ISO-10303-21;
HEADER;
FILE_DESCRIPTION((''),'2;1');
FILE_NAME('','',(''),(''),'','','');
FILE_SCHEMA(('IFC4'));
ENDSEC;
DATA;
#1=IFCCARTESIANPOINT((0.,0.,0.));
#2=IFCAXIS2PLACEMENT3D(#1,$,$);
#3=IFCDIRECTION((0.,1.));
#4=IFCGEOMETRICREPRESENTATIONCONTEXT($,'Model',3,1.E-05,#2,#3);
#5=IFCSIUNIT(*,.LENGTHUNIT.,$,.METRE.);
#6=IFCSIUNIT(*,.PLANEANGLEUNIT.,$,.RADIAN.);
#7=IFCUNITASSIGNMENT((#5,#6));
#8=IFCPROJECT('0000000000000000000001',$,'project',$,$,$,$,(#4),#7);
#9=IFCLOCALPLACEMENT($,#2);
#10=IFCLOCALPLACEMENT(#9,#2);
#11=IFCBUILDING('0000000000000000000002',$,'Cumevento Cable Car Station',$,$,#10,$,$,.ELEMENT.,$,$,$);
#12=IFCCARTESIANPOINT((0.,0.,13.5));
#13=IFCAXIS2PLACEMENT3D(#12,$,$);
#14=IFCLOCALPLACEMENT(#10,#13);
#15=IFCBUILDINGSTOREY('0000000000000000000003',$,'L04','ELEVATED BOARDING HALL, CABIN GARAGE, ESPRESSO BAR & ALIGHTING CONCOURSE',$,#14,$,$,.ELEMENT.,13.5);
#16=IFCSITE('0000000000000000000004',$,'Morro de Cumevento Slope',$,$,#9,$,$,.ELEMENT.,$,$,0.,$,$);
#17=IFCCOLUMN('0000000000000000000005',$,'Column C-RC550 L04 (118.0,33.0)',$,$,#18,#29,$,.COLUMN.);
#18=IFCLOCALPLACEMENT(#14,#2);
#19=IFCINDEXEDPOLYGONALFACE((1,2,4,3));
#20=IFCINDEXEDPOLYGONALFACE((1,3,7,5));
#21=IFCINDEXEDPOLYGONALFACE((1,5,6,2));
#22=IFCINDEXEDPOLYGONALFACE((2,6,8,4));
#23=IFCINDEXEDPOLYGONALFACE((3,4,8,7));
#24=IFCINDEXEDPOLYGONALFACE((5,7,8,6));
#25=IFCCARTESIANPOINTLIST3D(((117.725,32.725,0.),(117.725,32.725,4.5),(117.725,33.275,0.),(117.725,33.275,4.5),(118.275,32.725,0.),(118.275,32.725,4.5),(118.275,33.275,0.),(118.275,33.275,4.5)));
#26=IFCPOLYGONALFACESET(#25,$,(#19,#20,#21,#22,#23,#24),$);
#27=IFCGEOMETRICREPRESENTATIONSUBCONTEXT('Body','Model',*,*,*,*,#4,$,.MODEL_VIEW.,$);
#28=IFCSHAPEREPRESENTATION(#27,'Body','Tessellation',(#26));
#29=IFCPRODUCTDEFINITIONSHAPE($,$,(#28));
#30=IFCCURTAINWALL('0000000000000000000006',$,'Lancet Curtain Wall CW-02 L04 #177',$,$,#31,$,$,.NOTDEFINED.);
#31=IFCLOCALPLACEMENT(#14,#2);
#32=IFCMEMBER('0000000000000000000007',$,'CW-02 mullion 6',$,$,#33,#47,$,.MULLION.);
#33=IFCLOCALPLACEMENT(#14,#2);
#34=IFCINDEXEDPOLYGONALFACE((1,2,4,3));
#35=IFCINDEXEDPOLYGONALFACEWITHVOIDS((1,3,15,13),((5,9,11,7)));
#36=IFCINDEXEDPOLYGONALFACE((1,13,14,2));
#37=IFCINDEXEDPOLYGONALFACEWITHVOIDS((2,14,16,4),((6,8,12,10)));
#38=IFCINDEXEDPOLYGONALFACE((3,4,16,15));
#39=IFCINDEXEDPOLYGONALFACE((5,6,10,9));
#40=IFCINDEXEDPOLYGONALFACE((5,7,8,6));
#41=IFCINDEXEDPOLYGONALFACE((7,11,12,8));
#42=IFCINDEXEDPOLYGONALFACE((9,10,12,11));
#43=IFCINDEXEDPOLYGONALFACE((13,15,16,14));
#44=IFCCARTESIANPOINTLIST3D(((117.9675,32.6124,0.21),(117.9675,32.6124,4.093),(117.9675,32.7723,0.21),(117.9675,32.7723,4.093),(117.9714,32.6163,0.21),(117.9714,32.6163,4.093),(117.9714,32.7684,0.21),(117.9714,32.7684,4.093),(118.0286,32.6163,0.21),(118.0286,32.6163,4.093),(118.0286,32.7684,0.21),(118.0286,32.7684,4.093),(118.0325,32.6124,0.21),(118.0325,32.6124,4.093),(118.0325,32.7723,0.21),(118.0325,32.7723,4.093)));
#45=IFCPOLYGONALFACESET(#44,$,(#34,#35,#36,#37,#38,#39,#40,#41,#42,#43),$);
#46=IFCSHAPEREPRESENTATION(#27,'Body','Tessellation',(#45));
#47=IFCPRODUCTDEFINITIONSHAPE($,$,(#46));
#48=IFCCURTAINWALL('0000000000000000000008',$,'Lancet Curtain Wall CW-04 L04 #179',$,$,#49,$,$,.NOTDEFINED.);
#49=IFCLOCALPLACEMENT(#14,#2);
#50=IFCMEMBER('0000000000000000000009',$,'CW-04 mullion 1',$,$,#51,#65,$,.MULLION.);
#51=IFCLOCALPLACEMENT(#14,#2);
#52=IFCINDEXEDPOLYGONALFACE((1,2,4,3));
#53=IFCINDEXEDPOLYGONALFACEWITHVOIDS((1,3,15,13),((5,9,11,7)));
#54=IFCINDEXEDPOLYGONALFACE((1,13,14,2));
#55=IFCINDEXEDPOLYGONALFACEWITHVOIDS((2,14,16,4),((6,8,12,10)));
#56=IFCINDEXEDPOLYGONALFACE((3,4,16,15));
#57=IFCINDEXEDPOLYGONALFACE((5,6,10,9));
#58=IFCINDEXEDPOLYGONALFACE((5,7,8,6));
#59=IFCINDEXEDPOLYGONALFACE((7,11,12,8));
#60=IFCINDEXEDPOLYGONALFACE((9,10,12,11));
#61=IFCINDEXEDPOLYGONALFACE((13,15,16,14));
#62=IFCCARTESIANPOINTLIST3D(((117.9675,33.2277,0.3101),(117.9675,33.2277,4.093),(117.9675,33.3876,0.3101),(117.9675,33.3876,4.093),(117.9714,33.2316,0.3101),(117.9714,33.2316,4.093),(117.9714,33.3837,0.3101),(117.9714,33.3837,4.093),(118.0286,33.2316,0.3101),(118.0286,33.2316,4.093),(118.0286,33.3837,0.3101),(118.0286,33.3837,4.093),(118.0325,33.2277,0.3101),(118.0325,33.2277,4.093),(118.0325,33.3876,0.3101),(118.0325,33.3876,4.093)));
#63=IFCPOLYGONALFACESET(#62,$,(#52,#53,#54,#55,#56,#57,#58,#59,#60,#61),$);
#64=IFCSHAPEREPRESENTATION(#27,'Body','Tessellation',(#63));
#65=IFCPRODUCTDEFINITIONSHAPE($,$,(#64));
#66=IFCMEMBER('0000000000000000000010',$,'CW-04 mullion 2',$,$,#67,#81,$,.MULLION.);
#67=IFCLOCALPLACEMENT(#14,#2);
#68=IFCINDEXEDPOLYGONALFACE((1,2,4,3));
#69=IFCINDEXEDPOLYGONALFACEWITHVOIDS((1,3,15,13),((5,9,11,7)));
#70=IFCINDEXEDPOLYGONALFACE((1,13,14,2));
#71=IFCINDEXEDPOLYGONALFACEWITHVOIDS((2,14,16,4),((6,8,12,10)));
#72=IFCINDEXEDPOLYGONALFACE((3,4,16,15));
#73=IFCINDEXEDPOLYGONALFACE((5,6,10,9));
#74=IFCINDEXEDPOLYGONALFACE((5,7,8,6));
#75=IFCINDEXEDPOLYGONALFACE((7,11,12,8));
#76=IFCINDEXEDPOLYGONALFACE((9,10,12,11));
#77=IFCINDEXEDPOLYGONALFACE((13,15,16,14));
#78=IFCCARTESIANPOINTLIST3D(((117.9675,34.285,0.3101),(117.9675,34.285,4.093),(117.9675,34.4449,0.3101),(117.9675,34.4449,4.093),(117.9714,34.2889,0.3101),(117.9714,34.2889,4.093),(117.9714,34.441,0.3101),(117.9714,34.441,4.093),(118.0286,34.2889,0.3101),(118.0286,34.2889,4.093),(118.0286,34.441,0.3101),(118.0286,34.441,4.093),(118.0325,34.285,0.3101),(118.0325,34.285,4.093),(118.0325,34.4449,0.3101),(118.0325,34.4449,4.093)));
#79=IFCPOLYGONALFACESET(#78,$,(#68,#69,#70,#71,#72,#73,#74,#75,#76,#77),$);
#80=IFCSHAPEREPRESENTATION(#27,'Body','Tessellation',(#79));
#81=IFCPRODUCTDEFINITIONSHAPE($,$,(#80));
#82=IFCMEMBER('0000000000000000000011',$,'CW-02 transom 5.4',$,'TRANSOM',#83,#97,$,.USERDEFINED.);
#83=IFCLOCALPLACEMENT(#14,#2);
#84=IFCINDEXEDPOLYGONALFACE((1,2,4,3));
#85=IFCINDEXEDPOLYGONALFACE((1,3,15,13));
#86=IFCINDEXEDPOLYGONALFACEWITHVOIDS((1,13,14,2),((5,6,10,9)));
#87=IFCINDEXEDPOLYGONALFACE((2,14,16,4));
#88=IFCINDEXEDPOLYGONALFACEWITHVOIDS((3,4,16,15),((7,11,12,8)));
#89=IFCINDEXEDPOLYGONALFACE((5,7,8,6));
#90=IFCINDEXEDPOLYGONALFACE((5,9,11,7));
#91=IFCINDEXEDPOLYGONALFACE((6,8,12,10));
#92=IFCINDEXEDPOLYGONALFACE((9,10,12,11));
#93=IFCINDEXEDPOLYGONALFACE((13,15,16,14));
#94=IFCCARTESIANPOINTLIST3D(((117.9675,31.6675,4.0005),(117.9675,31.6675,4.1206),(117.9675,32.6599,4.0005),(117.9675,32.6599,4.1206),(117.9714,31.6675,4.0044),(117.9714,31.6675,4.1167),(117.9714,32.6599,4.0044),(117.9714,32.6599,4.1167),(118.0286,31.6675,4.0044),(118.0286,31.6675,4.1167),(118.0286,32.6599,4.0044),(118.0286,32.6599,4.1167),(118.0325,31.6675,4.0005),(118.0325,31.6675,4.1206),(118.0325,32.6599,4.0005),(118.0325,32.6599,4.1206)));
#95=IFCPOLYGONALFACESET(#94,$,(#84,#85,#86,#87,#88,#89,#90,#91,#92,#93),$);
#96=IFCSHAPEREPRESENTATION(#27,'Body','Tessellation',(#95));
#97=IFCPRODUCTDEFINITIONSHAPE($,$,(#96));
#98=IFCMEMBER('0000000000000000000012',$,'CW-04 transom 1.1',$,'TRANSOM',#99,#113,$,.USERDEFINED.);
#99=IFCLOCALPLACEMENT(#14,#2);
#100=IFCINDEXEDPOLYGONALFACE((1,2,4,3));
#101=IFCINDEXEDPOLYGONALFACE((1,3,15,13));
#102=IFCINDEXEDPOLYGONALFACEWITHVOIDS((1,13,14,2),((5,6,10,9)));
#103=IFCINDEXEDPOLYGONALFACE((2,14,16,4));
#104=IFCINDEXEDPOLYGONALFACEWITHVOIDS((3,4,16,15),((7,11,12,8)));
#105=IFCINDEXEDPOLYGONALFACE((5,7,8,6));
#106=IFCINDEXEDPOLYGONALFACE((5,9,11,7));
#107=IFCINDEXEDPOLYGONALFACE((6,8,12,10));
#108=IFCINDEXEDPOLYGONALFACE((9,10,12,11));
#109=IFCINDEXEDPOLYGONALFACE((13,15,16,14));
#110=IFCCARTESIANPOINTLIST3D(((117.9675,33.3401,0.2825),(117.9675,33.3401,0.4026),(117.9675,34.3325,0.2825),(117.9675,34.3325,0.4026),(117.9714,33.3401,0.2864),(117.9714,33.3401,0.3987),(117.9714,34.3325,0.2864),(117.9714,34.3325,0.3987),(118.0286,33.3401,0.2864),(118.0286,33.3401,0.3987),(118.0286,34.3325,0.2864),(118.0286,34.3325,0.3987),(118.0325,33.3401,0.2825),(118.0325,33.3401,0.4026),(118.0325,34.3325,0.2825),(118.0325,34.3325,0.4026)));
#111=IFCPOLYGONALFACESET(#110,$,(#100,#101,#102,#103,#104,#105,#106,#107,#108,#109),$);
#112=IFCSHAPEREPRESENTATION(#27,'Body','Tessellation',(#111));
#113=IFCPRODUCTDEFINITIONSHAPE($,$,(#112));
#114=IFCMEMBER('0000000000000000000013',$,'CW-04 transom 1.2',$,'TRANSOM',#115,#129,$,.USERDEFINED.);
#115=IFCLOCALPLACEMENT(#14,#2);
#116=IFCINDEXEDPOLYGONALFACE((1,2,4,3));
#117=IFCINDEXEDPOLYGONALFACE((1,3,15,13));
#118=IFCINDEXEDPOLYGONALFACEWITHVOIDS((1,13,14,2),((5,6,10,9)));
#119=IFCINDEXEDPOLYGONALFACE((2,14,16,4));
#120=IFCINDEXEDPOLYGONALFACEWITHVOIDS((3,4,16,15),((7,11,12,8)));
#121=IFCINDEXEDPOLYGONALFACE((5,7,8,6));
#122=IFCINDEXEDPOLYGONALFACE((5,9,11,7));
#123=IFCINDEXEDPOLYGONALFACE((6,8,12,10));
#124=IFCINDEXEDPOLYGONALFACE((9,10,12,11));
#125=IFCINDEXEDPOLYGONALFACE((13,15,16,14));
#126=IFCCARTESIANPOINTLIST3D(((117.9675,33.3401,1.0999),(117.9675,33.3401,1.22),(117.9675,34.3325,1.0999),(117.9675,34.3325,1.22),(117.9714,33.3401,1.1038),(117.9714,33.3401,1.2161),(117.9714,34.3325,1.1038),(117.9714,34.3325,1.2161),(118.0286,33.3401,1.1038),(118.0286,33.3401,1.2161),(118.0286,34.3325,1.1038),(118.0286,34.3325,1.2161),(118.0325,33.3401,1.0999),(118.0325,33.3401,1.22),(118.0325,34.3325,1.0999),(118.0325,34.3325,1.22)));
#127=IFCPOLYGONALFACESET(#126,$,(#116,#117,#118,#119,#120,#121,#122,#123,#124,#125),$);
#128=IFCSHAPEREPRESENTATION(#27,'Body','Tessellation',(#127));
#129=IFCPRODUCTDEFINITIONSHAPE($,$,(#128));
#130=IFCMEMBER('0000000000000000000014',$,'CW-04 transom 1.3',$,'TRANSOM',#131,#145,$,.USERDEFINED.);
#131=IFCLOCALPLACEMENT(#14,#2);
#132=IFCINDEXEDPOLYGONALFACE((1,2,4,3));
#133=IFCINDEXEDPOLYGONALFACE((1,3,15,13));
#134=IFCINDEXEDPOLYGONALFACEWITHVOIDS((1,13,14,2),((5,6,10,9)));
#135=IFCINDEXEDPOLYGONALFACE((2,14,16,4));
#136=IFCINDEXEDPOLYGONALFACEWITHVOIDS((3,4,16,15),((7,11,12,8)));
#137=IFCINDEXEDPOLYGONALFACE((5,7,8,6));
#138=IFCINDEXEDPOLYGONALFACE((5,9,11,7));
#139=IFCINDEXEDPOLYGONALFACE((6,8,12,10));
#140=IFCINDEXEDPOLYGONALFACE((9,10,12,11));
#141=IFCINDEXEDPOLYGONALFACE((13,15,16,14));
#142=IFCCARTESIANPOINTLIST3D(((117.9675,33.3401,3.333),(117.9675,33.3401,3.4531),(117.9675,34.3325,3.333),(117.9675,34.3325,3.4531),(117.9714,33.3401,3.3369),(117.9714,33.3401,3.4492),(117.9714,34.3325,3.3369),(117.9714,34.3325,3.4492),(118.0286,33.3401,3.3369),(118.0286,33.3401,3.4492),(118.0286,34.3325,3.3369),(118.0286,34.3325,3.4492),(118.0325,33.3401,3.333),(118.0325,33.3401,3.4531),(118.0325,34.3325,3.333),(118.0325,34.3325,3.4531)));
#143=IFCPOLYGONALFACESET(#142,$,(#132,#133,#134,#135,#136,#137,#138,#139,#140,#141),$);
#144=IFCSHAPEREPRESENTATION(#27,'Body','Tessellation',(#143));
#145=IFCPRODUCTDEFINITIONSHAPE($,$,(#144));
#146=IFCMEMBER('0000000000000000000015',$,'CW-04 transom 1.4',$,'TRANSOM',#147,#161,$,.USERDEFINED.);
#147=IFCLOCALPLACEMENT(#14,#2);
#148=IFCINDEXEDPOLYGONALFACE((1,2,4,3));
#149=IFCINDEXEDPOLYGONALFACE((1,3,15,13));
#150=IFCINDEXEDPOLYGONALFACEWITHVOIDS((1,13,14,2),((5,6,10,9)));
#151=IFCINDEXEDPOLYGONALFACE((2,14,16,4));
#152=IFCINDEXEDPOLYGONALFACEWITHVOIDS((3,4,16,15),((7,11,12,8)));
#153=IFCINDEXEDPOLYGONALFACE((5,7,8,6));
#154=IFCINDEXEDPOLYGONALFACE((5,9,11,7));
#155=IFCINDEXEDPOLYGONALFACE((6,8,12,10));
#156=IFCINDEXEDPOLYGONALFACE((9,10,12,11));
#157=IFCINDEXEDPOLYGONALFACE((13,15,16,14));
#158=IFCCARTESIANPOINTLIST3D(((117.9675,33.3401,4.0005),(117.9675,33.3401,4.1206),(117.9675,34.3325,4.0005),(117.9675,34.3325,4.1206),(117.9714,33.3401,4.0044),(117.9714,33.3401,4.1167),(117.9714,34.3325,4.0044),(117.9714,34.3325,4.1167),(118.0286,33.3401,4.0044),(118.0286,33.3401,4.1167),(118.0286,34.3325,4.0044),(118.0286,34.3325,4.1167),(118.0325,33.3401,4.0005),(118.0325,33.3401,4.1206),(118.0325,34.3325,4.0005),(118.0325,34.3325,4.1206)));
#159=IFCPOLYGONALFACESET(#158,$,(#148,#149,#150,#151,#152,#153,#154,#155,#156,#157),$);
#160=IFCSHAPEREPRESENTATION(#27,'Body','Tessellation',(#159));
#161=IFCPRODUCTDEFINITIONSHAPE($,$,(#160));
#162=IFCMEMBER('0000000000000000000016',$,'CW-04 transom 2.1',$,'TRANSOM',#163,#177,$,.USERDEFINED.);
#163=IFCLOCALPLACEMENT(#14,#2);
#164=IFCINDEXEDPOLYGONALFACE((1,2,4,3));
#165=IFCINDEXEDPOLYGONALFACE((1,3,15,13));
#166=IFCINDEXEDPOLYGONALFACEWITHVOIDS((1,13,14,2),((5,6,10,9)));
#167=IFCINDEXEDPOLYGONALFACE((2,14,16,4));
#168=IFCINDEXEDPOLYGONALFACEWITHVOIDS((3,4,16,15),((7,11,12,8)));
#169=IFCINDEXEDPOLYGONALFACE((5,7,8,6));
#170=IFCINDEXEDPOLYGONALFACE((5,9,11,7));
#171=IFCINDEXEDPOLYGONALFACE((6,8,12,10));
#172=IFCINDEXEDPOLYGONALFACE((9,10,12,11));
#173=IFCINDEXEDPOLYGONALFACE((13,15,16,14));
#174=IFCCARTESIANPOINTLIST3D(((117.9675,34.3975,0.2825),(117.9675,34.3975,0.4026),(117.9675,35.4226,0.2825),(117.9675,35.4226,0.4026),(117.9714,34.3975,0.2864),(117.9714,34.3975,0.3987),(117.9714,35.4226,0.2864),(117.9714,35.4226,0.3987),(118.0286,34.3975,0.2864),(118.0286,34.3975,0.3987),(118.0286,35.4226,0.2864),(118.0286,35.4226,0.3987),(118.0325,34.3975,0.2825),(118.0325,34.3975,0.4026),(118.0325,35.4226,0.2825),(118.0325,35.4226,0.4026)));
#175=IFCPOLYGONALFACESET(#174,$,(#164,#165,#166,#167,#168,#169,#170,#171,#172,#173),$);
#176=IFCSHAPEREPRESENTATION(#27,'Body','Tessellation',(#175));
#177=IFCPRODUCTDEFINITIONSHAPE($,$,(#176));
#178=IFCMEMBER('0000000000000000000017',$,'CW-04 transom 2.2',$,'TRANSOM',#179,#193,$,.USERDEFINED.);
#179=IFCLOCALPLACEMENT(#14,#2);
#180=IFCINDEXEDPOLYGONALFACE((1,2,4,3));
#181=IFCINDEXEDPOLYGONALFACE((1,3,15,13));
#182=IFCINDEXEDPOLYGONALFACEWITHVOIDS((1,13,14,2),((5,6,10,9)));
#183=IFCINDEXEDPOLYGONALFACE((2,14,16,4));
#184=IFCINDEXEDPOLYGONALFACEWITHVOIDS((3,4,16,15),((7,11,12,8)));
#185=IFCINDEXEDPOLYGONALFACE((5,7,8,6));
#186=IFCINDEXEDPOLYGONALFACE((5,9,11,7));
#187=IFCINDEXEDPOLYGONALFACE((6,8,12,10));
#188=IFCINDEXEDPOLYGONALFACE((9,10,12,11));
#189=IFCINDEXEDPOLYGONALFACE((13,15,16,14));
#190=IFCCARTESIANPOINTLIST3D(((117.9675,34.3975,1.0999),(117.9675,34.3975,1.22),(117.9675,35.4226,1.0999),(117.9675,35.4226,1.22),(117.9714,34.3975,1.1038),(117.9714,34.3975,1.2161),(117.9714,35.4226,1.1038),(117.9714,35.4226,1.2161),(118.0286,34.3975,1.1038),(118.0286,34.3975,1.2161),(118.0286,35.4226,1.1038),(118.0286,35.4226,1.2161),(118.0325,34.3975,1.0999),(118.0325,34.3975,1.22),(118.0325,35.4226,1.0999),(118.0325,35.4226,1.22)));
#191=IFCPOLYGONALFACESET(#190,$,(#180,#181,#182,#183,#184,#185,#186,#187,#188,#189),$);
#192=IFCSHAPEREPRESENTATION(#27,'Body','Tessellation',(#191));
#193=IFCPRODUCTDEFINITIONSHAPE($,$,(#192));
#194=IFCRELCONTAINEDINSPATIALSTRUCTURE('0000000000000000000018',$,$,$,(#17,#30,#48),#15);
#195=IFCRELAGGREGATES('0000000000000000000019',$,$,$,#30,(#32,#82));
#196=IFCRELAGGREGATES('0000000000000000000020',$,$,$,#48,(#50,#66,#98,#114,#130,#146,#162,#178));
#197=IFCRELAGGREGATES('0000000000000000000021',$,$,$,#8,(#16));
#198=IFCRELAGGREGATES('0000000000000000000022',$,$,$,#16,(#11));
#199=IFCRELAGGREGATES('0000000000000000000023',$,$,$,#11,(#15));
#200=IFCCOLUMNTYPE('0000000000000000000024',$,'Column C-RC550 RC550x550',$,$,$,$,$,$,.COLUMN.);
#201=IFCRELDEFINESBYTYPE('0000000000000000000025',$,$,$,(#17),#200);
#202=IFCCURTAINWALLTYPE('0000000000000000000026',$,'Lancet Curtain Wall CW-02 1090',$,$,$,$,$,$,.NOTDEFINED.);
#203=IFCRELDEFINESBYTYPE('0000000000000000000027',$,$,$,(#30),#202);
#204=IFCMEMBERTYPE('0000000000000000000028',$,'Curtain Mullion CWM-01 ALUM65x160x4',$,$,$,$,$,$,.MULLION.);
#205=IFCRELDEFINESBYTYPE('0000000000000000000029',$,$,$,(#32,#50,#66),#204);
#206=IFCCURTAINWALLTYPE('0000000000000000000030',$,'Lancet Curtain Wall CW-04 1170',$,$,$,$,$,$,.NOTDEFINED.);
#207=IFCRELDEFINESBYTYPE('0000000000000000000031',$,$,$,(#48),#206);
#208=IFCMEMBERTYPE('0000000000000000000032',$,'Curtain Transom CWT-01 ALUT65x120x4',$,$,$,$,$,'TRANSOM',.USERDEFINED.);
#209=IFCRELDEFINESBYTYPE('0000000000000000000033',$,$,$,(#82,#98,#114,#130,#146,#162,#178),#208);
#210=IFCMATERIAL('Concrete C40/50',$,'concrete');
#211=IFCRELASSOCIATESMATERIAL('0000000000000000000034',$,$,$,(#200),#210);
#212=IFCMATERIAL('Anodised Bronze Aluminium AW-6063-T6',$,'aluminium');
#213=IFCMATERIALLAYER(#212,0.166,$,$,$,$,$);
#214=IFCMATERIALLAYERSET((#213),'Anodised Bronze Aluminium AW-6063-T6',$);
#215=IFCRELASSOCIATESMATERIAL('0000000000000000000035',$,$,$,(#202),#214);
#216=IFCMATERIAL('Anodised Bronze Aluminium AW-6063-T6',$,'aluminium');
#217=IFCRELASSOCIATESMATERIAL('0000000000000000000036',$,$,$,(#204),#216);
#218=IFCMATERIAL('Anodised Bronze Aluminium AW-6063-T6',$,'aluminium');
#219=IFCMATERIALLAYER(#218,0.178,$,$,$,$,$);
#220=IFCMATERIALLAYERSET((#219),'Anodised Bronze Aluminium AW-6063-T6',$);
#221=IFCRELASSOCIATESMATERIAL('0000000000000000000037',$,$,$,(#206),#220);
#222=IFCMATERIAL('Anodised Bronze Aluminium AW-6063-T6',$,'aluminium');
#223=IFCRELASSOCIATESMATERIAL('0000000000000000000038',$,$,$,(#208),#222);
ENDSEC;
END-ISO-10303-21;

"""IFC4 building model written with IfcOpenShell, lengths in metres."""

from ifc_helpers import new_model, si_unit, direction, frame, origin, origin_2d, place, context, subcontext, project, spatial, rectangle, hollow_rectangle, extrude, material, layer, layer_set, material_profile, profile_set, type_object, element, aggregate, save


model = new_model("IFC4")

# Units and contexts
model_context = context("Model", 3, precision=1e-05, world=origin(), true_north=direction((0.0, 1.0)))
body_context = subcontext(model_context, "Body", "Model", "MODEL_VIEW")
ifc_project = project(units=[si_unit("LENGTHUNIT", "METRE"), si_unit("PLANEANGLEUNIT", "RADIAN")], contexts=[model_context])

# Site, building, storey
site_placement = place(None, origin())
site = spatial("IfcSite", under=ifc_project, at=site_placement, Name="Morro de Cumevento Slope", CompositionType="ELEMENT", RefElevation=0.0)
building_placement = place(site_placement, origin())
building = spatial("IfcBuilding", under=site, at=building_placement, Name="Cumevento Cable Car Station", CompositionType="ELEMENT")
storey_placement = place(building_placement, frame((0.0, 0.0, 13.5)))
storey = spatial("IfcBuildingStorey", under=building, at=storey_placement, Name="L04", Description="ELEVATED BOARDING HALL, CABIN GARAGE, ESPRESSO BAR & ALIGHTING CONCOURSE", CompositionType="ELEMENT", Elevation=13.5)

# Column
ifc_material_1 = material(Name="Concrete C40/50", Category="concrete")
ifc_material_profile_1 = material_profile(ifc_material_1, rectangle(XDim=0.55, YDim=0.55, at=origin_2d()), Name="RC550x550")
ifc_profile_set_1 = profile_set([ifc_material_profile_1], Name="Concrete C40/50")
column_type = type_object("IfcColumnType", Name="Column C-RC550 RC550x550", PredefinedType="COLUMN", material=ifc_profile_set_1)
column_placement = place(storey_placement, frame((118.0, 33.0, 0.0), z_axis=(0.0, 0.0, 1.0), x_axis=(1.0, 0.0, 0.0)))
element("IfcColumn", 1, at=column_placement, inside=storey, type_object=column_type, Name="Column C-RC550 L04 (118.0,33.0)", PredefinedType="COLUMN", context=body_context, shape_type="SweptSolid", body=[
    extrude(rectangle(XDim=0.55, YDim=0.55, at=origin_2d()), origin(), (0.0, 0.0, 1.0), 4.5),
])

# Curtain wall, member
ifc_material_2 = material(Name="Anodised Bronze Aluminium AW-6063-T6", Category="aluminium")
ifc_layer_1 = layer(ifc_material_2, 0.166)
ifc_layer_set_1 = layer_set([ifc_layer_1], Name="Anodised Bronze Aluminium AW-6063-T6")
curtain_wall_type_1 = type_object("IfcCurtainWallType", Name="Lancet Curtain Wall CW-02 1090", PredefinedType="NOTDEFINED", material=ifc_layer_set_1)
curtain_wall_1_placement = place(storey_placement, origin())
curtain_wall_1 = element("IfcCurtainWall", 2, at=curtain_wall_1_placement, inside=storey, type_object=curtain_wall_type_1, Name="Lancet Curtain Wall CW-02 L04 #177", PredefinedType="NOTDEFINED")
ifc_material_3 = material(Name="Anodised Bronze Aluminium AW-6063-T6", Category="aluminium")
ifc_material_profile_2 = material_profile(ifc_material_3, hollow_rectangle(XDim=0.0649, YDim=0.1599, WallThickness=0.0039, at=origin_2d()), Name="ALUM65x160x4")
ifc_profile_set_2 = profile_set([ifc_material_profile_2], Name="Anodised Bronze Aluminium AW-6063-T6")
member_type_1 = type_object("IfcMemberType", Name="Curtain Mullion CWM-01 ALUM65x160x4", PredefinedType="MULLION", material=ifc_profile_set_2)
member_1_placement = place(storey_placement, frame((118.0, 32.6924, 0.21), z_axis=(0.0, 0.0, 1.0), x_axis=(-1.0, 0.0, 0.0)))
member_1 = element("IfcMember", 3, at=member_1_placement, type_object=member_type_1, Name="CW-02 mullion 6", PredefinedType="MULLION", context=body_context, shape_type="SweptSolid", body=[
    extrude(hollow_rectangle(XDim=0.0649, YDim=0.1599, WallThickness=0.0039, at=origin_2d()), origin(), (0.0, 0.0, 1.0), 3.8831),
])

# Curtain wall, members
ifc_material_4 = material(Name="Anodised Bronze Aluminium AW-6063-T6", Category="aluminium")
ifc_layer_2 = layer(ifc_material_4, 0.178)
ifc_layer_set_2 = layer_set([ifc_layer_2], Name="Anodised Bronze Aluminium AW-6063-T6")
curtain_wall_type_2 = type_object("IfcCurtainWallType", Name="Lancet Curtain Wall CW-04 1170", PredefinedType="NOTDEFINED", material=ifc_layer_set_2)
curtain_wall_2_placement = place(storey_placement, origin())
curtain_wall_2 = element("IfcCurtainWall", 4, at=curtain_wall_2_placement, inside=storey, type_object=curtain_wall_type_2, Name="Lancet Curtain Wall CW-04 L04 #179", PredefinedType="NOTDEFINED")
member_2_placement = place(storey_placement, frame((118.0, 33.3076, 0.3101), z_axis=(0.0, 0.0, 1.0), x_axis=(-1.0, 0.0, 0.0)))
member_2 = element("IfcMember", 5, at=member_2_placement, type_object=member_type_1, Name="CW-04 mullion 1", PredefinedType="MULLION", context=body_context, shape_type="SweptSolid", body=[
    extrude(hollow_rectangle(XDim=0.0649, YDim=0.1599, WallThickness=0.0039, at=origin_2d()), origin(), (0.0, 0.0, 1.0), 3.783),
])
member_3_placement = place(storey_placement, frame((118.0, 34.365, 0.3101), z_axis=(0.0, 0.0, 1.0), x_axis=(-1.0, 0.0, 0.0)))
member_3 = element("IfcMember", 6, at=member_3_placement, type_object=member_type_1, Name="CW-04 mullion 2", PredefinedType="MULLION", context=body_context, shape_type="SweptSolid", body=[
    extrude(hollow_rectangle(XDim=0.0649, YDim=0.1599, WallThickness=0.0039, at=origin_2d()), origin(), (0.0, 0.0, 1.0), 3.783),
])

# Members
ifc_material_5 = material(Name="Anodised Bronze Aluminium AW-6063-T6", Category="aluminium")
ifc_material_profile_3 = material_profile(ifc_material_5, hollow_rectangle(XDim=0.0649, YDim=0.1201, WallThickness=0.0039, at=origin_2d()), Name="ALUT65x120x4")
ifc_profile_set_3 = profile_set([ifc_material_profile_3], Name="Anodised Bronze Aluminium AW-6063-T6")
member_type_2 = type_object("IfcMemberType", Name="Curtain Transom CWT-01 ALUT65x120x4", ElementType="TRANSOM", PredefinedType="USERDEFINED", material=ifc_profile_set_3)
member_4_placement = place(storey_placement, frame((118.0, 31.6675, 4.0605), z_axis=(0.0, 1.0, 0.0), x_axis=(-1.0, 0.0, 0.0)))
member_4 = element("IfcMember", 7, at=member_4_placement, type_object=member_type_2, Name="CW-02 transom 5.4", ObjectType="TRANSOM", PredefinedType="USERDEFINED", context=body_context, shape_type="SweptSolid", body=[
    extrude(hollow_rectangle(XDim=0.0649, YDim=0.1201, WallThickness=0.0039, at=origin_2d()), origin(), (0.0, 0.0, 1.0), 0.9924),
])
member_5_placement = place(storey_placement, frame((118.0, 33.3401, 0.3425), z_axis=(0.0, 1.0, 0.0), x_axis=(-1.0, 0.0, 0.0)))
member_5 = element("IfcMember", 8, at=member_5_placement, type_object=member_type_2, Name="CW-04 transom 1.1", ObjectType="TRANSOM", PredefinedType="USERDEFINED", context=body_context, shape_type="SweptSolid", body=[
    extrude(hollow_rectangle(XDim=0.0649, YDim=0.1201, WallThickness=0.0039, at=origin_2d()), origin(), (0.0, 0.0, 1.0), 0.9924),
])
member_6_placement = place(storey_placement, frame((118.0, 33.3401, 1.1599), z_axis=(0.0, 1.0, 0.0), x_axis=(-1.0, 0.0, 0.0)))
member_6 = element("IfcMember", 9, at=member_6_placement, type_object=member_type_2, Name="CW-04 transom 1.2", ObjectType="TRANSOM", PredefinedType="USERDEFINED", context=body_context, shape_type="SweptSolid", body=[
    extrude(hollow_rectangle(XDim=0.0649, YDim=0.1201, WallThickness=0.0039, at=origin_2d()), origin(), (0.0, 0.0, 1.0), 0.9924),
])
member_7_placement = place(storey_placement, frame((118.0, 33.3401, 3.3931), z_axis=(0.0, 1.0, 0.0), x_axis=(-1.0, 0.0, 0.0)))
member_7 = element("IfcMember", 10, at=member_7_placement, type_object=member_type_2, Name="CW-04 transom 1.3", ObjectType="TRANSOM", PredefinedType="USERDEFINED", context=body_context, shape_type="SweptSolid", body=[
    extrude(hollow_rectangle(XDim=0.0649, YDim=0.1201, WallThickness=0.0039, at=origin_2d()), origin(), (0.0, 0.0, 1.0), 0.9924),
])
member_8_placement = place(storey_placement, frame((118.0, 33.3401, 4.0605), z_axis=(0.0, 1.0, 0.0), x_axis=(-1.0, 0.0, 0.0)))
member_8 = element("IfcMember", 11, at=member_8_placement, type_object=member_type_2, Name="CW-04 transom 1.4", ObjectType="TRANSOM", PredefinedType="USERDEFINED", context=body_context, shape_type="SweptSolid", body=[
    extrude(hollow_rectangle(XDim=0.0649, YDim=0.1201, WallThickness=0.0039, at=origin_2d()), origin(), (0.0, 0.0, 1.0), 0.9924),
])
member_9_placement = place(storey_placement, frame((118.0, 34.3975, 0.3425), z_axis=(0.0, 1.0, 0.0), x_axis=(-1.0, 0.0, 0.0)))
member_9 = element("IfcMember", 12, at=member_9_placement, type_object=member_type_2, Name="CW-04 transom 2.1", ObjectType="TRANSOM", PredefinedType="USERDEFINED", context=body_context, shape_type="SweptSolid", body=[
    extrude(hollow_rectangle(XDim=0.0649, YDim=0.1201, WallThickness=0.0039, at=origin_2d()), origin(), (0.0, 0.0, 1.0), 1.0251),
])
member_10_placement = place(storey_placement, frame((118.0, 34.3975, 1.1599), z_axis=(0.0, 1.0, 0.0), x_axis=(-1.0, 0.0, 0.0)))
member_10 = element("IfcMember", 13, at=member_10_placement, type_object=member_type_2, Name="CW-04 transom 2.2", ObjectType="TRANSOM", PredefinedType="USERDEFINED", context=body_context, shape_type="SweptSolid", body=[
    extrude(hollow_rectangle(XDim=0.0649, YDim=0.1201, WallThickness=0.0039, at=origin_2d()), origin(), (0.0, 0.0, 1.0), 1.0251),
])

aggregate(curtain_wall_1, [member_1, member_4])
aggregate(curtain_wall_2, [member_2, member_3, member_5, member_6, member_7, member_8, member_9, member_10])

save(model, "model.ifc")
